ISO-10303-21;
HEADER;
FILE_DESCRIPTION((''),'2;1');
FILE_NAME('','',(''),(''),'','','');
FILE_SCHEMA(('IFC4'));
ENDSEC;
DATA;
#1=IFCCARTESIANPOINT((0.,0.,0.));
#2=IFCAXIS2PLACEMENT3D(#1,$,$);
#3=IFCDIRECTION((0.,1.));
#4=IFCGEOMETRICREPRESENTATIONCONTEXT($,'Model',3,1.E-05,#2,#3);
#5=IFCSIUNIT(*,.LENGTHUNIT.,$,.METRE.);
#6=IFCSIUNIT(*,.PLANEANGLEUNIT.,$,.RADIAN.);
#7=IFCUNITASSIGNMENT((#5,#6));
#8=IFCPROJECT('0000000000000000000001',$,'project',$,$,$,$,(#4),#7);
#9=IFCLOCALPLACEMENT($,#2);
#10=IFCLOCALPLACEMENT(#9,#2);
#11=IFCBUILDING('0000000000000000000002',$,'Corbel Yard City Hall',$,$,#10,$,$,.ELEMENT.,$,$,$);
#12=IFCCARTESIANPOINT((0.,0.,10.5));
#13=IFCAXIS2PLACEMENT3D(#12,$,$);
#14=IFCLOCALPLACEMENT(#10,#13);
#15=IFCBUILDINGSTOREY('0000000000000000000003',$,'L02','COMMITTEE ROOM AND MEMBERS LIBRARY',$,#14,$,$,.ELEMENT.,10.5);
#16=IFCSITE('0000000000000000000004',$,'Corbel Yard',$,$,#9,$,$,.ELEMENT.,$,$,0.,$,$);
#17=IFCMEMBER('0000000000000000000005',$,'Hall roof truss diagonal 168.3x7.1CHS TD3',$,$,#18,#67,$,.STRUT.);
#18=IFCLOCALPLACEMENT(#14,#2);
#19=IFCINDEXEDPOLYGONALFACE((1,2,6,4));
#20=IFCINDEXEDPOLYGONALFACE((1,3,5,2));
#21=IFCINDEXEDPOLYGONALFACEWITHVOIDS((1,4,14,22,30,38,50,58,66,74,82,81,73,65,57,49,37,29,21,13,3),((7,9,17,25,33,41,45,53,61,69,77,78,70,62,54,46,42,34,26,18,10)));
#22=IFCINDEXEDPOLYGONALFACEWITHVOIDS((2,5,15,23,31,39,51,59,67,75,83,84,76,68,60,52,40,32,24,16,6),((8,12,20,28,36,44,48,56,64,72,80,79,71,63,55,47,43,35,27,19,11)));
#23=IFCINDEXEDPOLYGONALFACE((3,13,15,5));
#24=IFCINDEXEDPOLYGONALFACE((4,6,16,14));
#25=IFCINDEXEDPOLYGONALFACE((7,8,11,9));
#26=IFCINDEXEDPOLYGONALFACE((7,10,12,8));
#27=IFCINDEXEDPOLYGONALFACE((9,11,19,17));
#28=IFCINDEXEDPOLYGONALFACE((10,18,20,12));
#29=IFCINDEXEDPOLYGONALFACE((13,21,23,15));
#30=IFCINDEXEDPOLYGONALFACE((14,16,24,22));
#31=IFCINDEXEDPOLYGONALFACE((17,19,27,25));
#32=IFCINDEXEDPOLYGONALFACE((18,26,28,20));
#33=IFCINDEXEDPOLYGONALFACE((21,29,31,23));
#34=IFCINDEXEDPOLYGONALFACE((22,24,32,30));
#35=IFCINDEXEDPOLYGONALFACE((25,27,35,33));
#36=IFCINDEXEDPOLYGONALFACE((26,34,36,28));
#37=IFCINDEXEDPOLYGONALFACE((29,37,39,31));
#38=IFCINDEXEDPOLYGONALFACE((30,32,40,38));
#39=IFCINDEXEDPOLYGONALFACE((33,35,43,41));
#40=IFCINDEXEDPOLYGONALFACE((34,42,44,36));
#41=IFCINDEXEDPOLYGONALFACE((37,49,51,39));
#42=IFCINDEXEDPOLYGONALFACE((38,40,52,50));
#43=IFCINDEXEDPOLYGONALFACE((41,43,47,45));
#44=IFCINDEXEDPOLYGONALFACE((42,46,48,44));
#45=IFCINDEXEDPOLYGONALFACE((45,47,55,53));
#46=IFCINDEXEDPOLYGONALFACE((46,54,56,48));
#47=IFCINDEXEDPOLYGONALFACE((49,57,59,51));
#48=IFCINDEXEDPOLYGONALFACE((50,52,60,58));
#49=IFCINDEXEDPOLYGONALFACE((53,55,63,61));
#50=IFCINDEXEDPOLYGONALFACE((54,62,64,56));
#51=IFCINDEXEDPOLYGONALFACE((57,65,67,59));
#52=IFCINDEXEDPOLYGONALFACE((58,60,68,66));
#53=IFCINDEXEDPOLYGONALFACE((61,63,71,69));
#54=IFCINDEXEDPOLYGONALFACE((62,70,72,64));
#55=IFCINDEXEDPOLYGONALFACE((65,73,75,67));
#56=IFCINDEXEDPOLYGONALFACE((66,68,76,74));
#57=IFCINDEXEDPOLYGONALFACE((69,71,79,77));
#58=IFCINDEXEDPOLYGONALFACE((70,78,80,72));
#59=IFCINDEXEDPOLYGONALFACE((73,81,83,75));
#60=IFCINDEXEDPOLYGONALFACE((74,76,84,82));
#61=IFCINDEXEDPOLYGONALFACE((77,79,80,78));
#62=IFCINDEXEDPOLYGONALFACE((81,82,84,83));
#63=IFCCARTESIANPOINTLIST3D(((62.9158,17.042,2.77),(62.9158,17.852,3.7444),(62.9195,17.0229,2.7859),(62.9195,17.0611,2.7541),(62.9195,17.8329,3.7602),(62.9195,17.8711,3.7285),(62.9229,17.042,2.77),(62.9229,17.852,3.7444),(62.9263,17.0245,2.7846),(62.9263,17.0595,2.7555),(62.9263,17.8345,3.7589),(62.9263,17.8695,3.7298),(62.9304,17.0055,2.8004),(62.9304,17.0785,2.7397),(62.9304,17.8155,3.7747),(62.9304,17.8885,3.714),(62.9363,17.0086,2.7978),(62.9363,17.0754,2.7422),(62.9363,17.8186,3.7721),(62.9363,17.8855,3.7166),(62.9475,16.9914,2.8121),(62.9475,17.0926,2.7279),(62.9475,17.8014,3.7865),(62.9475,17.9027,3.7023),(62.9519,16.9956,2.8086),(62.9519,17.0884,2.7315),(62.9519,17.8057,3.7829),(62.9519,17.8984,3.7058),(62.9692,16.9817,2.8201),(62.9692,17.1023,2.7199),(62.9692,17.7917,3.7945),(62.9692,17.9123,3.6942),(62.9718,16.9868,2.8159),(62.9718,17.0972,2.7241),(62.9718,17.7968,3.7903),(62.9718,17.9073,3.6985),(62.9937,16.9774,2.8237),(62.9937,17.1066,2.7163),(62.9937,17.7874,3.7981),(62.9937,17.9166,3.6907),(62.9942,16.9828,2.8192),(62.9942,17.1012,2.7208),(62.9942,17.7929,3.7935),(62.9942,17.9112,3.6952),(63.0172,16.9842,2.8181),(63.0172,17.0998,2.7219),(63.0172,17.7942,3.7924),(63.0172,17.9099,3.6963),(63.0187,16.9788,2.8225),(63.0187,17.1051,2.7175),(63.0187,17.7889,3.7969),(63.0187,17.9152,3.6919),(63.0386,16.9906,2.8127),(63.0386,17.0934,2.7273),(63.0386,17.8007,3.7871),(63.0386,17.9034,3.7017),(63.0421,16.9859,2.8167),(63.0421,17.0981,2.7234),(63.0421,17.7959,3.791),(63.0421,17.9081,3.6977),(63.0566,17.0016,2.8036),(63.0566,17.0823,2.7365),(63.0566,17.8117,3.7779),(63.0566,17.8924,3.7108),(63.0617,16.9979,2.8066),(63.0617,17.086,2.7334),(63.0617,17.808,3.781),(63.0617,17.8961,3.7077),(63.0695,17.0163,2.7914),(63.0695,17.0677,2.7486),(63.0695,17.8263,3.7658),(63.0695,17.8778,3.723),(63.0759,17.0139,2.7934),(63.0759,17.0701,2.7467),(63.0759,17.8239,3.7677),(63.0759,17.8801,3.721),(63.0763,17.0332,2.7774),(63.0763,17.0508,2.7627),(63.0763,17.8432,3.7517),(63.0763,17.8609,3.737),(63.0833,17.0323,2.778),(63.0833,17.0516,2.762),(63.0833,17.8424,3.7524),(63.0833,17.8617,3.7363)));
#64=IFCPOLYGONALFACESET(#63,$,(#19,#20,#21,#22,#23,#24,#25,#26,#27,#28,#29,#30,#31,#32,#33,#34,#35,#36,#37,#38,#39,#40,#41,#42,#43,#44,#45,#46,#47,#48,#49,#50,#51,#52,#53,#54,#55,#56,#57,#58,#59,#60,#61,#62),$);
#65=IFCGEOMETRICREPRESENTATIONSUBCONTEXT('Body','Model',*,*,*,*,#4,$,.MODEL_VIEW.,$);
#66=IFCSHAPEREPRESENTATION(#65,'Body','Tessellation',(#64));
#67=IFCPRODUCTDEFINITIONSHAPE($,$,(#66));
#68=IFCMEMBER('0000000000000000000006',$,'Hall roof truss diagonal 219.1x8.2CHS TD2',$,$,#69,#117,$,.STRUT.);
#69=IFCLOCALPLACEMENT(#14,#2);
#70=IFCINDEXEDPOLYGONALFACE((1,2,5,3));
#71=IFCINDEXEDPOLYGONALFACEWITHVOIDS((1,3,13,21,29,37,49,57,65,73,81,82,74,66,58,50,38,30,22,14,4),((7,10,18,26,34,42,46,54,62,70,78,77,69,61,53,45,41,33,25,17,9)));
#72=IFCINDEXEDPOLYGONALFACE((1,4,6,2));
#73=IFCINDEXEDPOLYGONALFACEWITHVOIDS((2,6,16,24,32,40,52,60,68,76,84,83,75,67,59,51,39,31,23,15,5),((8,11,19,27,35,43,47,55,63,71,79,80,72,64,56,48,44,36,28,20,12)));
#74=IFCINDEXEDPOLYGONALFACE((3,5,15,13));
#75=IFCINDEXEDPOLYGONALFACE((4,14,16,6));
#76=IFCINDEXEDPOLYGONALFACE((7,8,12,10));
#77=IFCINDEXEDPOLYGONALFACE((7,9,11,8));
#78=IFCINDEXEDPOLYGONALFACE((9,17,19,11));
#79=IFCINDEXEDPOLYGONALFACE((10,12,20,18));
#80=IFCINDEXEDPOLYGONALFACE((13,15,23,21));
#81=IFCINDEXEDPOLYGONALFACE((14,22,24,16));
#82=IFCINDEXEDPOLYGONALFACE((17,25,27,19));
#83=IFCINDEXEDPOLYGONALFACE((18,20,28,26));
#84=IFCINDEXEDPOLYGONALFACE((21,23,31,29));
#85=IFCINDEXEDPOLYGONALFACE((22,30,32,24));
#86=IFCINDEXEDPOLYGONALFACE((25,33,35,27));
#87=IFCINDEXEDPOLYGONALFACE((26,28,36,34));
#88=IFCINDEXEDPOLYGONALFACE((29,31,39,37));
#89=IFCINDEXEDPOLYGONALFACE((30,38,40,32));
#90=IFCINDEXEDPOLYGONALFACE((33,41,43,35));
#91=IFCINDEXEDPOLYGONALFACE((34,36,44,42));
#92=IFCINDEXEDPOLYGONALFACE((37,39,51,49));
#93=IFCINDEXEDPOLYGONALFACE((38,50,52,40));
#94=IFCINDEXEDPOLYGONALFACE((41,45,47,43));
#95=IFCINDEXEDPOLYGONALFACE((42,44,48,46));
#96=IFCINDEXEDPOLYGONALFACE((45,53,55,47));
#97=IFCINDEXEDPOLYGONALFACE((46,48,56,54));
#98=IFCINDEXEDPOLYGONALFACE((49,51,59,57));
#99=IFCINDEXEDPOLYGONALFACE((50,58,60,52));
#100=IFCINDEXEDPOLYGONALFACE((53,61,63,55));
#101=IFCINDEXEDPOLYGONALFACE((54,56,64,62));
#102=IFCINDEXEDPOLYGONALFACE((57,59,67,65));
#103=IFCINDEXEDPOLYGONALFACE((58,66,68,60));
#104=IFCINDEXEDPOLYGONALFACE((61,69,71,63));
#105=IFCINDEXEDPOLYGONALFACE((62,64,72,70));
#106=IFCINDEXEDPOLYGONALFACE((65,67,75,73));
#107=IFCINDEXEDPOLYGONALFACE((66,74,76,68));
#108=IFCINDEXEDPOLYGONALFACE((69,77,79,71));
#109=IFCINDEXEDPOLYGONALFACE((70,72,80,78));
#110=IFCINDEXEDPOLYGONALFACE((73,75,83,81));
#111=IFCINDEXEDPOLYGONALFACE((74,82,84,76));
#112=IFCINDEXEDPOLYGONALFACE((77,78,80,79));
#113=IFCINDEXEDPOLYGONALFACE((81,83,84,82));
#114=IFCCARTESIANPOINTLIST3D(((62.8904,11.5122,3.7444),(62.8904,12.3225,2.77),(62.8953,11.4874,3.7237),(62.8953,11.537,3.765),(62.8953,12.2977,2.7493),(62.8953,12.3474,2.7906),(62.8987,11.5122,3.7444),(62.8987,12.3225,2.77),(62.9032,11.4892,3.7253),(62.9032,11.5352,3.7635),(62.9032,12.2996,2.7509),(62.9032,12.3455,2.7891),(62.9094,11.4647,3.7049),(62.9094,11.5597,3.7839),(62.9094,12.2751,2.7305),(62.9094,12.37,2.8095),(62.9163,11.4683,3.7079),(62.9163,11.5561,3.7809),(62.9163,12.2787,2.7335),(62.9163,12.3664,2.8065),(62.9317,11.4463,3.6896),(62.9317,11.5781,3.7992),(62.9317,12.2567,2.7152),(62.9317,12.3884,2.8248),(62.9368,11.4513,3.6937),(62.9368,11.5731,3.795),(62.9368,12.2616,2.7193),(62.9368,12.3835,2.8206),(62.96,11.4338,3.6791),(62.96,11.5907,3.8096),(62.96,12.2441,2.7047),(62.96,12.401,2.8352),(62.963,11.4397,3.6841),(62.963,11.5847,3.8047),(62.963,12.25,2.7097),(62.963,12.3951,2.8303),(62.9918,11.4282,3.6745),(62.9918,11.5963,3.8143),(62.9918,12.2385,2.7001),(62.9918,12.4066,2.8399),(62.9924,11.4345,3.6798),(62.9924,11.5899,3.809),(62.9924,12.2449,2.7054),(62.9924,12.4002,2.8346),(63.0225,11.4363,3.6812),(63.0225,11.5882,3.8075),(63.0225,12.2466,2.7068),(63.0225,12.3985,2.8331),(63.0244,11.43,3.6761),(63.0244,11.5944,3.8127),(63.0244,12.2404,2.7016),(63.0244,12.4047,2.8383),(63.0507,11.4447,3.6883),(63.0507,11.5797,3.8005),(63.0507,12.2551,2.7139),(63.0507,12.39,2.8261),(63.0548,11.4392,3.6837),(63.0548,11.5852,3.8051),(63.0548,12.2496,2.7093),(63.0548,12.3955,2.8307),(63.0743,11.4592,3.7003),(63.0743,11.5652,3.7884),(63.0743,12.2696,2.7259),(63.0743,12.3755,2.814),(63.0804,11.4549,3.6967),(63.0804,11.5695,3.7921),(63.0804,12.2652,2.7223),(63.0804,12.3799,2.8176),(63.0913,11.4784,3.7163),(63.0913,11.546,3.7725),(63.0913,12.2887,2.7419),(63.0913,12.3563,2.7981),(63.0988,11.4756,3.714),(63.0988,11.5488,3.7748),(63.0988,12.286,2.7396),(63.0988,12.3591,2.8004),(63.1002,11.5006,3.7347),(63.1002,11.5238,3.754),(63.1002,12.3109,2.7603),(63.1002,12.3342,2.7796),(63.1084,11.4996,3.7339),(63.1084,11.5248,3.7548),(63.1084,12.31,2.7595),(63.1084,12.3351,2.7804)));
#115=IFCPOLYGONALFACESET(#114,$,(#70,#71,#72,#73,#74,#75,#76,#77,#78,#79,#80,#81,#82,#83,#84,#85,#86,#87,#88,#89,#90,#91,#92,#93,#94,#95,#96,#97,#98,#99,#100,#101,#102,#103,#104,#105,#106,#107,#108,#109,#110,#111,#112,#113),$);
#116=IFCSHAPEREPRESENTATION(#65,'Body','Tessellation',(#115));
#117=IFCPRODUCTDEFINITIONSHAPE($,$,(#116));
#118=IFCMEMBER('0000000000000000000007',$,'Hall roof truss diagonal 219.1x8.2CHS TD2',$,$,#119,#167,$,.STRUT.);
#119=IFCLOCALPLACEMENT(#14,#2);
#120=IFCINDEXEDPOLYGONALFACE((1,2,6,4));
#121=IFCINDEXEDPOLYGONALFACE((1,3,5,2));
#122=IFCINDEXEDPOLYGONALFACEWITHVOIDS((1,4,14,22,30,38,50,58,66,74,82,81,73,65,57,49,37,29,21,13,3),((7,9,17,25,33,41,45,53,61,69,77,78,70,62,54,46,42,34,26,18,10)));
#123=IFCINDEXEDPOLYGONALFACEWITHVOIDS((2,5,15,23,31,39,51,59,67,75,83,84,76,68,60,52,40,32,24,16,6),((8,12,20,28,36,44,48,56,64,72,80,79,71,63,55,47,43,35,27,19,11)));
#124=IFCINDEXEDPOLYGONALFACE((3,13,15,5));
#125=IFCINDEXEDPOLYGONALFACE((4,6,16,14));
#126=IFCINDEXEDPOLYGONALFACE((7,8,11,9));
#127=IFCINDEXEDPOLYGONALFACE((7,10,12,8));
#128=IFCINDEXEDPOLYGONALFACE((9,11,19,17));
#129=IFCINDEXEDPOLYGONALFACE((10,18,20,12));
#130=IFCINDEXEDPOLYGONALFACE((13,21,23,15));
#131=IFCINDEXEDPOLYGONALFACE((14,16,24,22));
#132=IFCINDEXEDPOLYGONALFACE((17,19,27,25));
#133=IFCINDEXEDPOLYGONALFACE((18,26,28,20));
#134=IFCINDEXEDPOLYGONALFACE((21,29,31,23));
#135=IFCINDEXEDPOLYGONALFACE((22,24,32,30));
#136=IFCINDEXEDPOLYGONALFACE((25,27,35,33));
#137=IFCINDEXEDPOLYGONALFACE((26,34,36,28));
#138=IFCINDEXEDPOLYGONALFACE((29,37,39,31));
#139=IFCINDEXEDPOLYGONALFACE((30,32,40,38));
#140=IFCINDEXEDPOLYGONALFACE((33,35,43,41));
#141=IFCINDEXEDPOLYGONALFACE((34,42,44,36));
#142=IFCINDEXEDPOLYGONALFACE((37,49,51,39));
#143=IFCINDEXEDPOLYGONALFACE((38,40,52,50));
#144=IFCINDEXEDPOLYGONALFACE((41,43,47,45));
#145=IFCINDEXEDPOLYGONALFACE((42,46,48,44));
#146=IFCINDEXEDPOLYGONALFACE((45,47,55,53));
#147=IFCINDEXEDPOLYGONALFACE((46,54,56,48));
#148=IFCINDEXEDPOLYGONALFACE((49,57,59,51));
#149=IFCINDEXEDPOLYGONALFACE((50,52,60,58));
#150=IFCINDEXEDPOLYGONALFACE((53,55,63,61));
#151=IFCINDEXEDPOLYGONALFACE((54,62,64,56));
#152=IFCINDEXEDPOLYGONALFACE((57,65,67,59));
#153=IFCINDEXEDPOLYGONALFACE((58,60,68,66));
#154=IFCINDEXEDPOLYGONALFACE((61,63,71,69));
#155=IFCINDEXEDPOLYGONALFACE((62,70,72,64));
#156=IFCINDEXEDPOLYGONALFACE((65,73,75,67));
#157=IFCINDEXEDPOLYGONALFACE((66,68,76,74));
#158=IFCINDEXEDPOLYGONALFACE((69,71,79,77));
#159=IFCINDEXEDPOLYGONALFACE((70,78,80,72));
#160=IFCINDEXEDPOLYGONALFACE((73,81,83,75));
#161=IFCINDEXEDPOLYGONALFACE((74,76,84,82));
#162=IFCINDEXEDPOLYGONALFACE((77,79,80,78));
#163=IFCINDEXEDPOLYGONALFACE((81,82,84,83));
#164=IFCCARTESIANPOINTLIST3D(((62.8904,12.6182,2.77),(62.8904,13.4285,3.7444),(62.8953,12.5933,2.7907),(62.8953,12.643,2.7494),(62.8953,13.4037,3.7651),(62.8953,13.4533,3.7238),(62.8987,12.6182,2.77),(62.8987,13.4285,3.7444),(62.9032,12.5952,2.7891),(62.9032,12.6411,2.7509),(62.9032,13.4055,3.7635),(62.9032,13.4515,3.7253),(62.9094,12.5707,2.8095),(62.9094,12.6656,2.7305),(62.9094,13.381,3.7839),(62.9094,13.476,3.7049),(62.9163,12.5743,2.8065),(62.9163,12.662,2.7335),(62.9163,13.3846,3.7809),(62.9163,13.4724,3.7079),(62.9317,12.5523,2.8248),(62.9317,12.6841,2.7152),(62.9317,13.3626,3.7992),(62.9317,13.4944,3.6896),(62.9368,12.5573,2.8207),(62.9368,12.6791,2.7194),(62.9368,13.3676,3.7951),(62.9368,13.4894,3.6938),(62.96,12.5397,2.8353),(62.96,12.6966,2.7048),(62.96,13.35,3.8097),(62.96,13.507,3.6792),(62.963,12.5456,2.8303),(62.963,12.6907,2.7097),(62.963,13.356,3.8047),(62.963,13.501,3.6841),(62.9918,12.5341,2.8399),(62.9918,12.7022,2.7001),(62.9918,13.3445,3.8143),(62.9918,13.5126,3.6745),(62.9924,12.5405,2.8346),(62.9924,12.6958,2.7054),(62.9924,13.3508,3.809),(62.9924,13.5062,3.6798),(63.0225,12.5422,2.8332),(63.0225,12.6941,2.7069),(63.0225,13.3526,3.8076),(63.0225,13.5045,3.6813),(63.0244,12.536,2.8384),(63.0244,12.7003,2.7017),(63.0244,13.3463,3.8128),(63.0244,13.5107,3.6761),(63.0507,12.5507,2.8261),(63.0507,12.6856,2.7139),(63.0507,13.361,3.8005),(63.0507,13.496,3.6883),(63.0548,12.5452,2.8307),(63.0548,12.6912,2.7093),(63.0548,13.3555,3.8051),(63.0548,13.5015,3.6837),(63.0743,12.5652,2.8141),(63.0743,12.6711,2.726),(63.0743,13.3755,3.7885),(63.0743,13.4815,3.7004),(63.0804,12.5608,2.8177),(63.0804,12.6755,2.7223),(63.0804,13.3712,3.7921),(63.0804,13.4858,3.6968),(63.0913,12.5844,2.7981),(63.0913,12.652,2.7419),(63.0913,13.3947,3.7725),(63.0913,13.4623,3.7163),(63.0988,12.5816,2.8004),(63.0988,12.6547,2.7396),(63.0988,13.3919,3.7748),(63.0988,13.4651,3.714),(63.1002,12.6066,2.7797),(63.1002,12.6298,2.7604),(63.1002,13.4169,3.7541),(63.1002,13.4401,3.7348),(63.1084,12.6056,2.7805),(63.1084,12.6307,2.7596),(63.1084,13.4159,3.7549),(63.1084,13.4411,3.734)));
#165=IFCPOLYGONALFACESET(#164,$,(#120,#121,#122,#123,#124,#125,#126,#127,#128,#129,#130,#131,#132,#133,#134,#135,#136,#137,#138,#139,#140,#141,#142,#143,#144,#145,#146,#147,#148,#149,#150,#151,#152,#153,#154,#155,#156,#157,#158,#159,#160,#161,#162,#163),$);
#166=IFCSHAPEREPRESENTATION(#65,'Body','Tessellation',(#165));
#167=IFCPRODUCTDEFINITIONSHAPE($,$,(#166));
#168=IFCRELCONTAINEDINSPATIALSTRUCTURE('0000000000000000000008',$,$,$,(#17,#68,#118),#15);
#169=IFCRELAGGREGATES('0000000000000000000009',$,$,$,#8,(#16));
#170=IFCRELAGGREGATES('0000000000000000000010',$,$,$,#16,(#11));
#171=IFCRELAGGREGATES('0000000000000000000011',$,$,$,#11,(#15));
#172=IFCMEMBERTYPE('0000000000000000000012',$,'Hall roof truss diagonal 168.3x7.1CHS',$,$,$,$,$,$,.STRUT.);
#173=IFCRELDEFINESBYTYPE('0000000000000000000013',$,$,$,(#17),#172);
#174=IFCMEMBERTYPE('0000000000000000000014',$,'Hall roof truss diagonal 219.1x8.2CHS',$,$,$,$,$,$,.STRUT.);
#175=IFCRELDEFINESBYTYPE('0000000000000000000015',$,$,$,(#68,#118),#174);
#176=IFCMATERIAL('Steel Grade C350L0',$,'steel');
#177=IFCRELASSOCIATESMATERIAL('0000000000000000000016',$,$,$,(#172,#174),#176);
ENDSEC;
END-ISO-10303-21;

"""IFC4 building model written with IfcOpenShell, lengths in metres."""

from ifc_helpers import new_model, si_unit, direction, frame, origin, origin_2d, place, context, subcontext, project, spatial, hollow_circle, extrude, material, material_profile, profile_set, type_object, element, save


model = new_model("IFC4")

# Units and contexts
model_context = context("Model", 3, precision=1e-05, world=origin(), true_north=direction((0.0, 1.0)))
body_context = subcontext(model_context, "Body", "Model", "MODEL_VIEW")
ifc_project = project(units=[si_unit("LENGTHUNIT", "METRE"), si_unit("PLANEANGLEUNIT", "RADIAN")], contexts=[model_context])

# Site, building, storey
site_placement = place(None, origin())
site = spatial("IfcSite", under=ifc_project, at=site_placement, Name="Corbel Yard", CompositionType="ELEMENT", RefElevation=0.0)
building_placement = place(site_placement, origin())
building = spatial("IfcBuilding", under=site, at=building_placement, Name="Corbel Yard City Hall", CompositionType="ELEMENT")
storey_placement = place(building_placement, frame((0.0, 0.0, 10.5)))
storey = spatial("IfcBuildingStorey", under=building, at=storey_placement, Name="L02", Description="COMMITTEE ROOM AND MEMBERS LIBRARY", CompositionType="ELEMENT", Elevation=10.5)

# Members
ifc_material_1 = material(Name="Steel Grade C350L0", Category="steel")
ifc_material_profile_1 = material_profile(ifc_material_1, hollow_circle(Radius=0.0842, WallThickness=0.0071, at=origin_2d()), Name="168.3x7.1CHS")
ifc_profile_set_1 = profile_set([ifc_material_profile_1], Name="Steel Grade C350L0")
member_type_1 = type_object("IfcMemberType", Name="Hall roof truss diagonal 168.3x7.1CHS", PredefinedType="STRUT", material=ifc_profile_set_1)
member_1_placement = place(storey_placement, frame((63.0, 17.042, 2.77), z_axis=(0.0, 0.639293, 0.768963), x_axis=(-1.0, 0.0, 0.0)))
element("IfcMember", 1, at=member_1_placement, inside=storey, type_object=member_type_1, Name="Hall roof truss diagonal 168.3x7.1CHS TD3", PredefinedType="STRUT", context=body_context, shape_type="SweptSolid", body=[
    extrude(hollow_circle(Radius=0.0842, WallThickness=0.0071, at=origin_2d()), origin(), (0.0, 0.0, 1.0), 1.2671),
])
ifc_material_profile_2 = material_profile(ifc_material_1, hollow_circle(Radius=0.1096, WallThickness=0.0083, at=origin_2d()), Name="219.1x8.2CHS")
ifc_profile_set_2 = profile_set([ifc_material_profile_2], Name="Steel Grade C350L0")
member_type_2 = type_object("IfcMemberType", Name="Hall roof truss diagonal 219.1x8.2CHS", PredefinedType="STRUT", material=ifc_profile_set_2)
for number, where, z_axis, x_axis, name in (
    (2, (63.0, 11.5122, 3.7444), (0.0, 0.639407, -0.768868), (-1.0, 0.0, 0.0), "Hall roof truss diagonal 219.1x8.2CHS TD2"),
    (3, (63.0, 12.6182, 2.77), (0.0, 0.639407, 0.768868), (-1.0, 0.0, 0.0), "Hall roof truss diagonal 219.1x8.2CHS TD2"),
):
    element("IfcMember", number, at=place(storey_placement, frame(where, z_axis=z_axis, x_axis=x_axis)), inside=storey, type_object=member_type_2, Name=name, PredefinedType="STRUT", context=body_context, shape_type="SweptSolid", body=[
        extrude(hollow_circle(Radius=0.1096, WallThickness=0.0083, at=origin_2d()), origin(), (0.0, 0.0, 1.0), 1.2673),
    ])

save(model, "model.ifc")
